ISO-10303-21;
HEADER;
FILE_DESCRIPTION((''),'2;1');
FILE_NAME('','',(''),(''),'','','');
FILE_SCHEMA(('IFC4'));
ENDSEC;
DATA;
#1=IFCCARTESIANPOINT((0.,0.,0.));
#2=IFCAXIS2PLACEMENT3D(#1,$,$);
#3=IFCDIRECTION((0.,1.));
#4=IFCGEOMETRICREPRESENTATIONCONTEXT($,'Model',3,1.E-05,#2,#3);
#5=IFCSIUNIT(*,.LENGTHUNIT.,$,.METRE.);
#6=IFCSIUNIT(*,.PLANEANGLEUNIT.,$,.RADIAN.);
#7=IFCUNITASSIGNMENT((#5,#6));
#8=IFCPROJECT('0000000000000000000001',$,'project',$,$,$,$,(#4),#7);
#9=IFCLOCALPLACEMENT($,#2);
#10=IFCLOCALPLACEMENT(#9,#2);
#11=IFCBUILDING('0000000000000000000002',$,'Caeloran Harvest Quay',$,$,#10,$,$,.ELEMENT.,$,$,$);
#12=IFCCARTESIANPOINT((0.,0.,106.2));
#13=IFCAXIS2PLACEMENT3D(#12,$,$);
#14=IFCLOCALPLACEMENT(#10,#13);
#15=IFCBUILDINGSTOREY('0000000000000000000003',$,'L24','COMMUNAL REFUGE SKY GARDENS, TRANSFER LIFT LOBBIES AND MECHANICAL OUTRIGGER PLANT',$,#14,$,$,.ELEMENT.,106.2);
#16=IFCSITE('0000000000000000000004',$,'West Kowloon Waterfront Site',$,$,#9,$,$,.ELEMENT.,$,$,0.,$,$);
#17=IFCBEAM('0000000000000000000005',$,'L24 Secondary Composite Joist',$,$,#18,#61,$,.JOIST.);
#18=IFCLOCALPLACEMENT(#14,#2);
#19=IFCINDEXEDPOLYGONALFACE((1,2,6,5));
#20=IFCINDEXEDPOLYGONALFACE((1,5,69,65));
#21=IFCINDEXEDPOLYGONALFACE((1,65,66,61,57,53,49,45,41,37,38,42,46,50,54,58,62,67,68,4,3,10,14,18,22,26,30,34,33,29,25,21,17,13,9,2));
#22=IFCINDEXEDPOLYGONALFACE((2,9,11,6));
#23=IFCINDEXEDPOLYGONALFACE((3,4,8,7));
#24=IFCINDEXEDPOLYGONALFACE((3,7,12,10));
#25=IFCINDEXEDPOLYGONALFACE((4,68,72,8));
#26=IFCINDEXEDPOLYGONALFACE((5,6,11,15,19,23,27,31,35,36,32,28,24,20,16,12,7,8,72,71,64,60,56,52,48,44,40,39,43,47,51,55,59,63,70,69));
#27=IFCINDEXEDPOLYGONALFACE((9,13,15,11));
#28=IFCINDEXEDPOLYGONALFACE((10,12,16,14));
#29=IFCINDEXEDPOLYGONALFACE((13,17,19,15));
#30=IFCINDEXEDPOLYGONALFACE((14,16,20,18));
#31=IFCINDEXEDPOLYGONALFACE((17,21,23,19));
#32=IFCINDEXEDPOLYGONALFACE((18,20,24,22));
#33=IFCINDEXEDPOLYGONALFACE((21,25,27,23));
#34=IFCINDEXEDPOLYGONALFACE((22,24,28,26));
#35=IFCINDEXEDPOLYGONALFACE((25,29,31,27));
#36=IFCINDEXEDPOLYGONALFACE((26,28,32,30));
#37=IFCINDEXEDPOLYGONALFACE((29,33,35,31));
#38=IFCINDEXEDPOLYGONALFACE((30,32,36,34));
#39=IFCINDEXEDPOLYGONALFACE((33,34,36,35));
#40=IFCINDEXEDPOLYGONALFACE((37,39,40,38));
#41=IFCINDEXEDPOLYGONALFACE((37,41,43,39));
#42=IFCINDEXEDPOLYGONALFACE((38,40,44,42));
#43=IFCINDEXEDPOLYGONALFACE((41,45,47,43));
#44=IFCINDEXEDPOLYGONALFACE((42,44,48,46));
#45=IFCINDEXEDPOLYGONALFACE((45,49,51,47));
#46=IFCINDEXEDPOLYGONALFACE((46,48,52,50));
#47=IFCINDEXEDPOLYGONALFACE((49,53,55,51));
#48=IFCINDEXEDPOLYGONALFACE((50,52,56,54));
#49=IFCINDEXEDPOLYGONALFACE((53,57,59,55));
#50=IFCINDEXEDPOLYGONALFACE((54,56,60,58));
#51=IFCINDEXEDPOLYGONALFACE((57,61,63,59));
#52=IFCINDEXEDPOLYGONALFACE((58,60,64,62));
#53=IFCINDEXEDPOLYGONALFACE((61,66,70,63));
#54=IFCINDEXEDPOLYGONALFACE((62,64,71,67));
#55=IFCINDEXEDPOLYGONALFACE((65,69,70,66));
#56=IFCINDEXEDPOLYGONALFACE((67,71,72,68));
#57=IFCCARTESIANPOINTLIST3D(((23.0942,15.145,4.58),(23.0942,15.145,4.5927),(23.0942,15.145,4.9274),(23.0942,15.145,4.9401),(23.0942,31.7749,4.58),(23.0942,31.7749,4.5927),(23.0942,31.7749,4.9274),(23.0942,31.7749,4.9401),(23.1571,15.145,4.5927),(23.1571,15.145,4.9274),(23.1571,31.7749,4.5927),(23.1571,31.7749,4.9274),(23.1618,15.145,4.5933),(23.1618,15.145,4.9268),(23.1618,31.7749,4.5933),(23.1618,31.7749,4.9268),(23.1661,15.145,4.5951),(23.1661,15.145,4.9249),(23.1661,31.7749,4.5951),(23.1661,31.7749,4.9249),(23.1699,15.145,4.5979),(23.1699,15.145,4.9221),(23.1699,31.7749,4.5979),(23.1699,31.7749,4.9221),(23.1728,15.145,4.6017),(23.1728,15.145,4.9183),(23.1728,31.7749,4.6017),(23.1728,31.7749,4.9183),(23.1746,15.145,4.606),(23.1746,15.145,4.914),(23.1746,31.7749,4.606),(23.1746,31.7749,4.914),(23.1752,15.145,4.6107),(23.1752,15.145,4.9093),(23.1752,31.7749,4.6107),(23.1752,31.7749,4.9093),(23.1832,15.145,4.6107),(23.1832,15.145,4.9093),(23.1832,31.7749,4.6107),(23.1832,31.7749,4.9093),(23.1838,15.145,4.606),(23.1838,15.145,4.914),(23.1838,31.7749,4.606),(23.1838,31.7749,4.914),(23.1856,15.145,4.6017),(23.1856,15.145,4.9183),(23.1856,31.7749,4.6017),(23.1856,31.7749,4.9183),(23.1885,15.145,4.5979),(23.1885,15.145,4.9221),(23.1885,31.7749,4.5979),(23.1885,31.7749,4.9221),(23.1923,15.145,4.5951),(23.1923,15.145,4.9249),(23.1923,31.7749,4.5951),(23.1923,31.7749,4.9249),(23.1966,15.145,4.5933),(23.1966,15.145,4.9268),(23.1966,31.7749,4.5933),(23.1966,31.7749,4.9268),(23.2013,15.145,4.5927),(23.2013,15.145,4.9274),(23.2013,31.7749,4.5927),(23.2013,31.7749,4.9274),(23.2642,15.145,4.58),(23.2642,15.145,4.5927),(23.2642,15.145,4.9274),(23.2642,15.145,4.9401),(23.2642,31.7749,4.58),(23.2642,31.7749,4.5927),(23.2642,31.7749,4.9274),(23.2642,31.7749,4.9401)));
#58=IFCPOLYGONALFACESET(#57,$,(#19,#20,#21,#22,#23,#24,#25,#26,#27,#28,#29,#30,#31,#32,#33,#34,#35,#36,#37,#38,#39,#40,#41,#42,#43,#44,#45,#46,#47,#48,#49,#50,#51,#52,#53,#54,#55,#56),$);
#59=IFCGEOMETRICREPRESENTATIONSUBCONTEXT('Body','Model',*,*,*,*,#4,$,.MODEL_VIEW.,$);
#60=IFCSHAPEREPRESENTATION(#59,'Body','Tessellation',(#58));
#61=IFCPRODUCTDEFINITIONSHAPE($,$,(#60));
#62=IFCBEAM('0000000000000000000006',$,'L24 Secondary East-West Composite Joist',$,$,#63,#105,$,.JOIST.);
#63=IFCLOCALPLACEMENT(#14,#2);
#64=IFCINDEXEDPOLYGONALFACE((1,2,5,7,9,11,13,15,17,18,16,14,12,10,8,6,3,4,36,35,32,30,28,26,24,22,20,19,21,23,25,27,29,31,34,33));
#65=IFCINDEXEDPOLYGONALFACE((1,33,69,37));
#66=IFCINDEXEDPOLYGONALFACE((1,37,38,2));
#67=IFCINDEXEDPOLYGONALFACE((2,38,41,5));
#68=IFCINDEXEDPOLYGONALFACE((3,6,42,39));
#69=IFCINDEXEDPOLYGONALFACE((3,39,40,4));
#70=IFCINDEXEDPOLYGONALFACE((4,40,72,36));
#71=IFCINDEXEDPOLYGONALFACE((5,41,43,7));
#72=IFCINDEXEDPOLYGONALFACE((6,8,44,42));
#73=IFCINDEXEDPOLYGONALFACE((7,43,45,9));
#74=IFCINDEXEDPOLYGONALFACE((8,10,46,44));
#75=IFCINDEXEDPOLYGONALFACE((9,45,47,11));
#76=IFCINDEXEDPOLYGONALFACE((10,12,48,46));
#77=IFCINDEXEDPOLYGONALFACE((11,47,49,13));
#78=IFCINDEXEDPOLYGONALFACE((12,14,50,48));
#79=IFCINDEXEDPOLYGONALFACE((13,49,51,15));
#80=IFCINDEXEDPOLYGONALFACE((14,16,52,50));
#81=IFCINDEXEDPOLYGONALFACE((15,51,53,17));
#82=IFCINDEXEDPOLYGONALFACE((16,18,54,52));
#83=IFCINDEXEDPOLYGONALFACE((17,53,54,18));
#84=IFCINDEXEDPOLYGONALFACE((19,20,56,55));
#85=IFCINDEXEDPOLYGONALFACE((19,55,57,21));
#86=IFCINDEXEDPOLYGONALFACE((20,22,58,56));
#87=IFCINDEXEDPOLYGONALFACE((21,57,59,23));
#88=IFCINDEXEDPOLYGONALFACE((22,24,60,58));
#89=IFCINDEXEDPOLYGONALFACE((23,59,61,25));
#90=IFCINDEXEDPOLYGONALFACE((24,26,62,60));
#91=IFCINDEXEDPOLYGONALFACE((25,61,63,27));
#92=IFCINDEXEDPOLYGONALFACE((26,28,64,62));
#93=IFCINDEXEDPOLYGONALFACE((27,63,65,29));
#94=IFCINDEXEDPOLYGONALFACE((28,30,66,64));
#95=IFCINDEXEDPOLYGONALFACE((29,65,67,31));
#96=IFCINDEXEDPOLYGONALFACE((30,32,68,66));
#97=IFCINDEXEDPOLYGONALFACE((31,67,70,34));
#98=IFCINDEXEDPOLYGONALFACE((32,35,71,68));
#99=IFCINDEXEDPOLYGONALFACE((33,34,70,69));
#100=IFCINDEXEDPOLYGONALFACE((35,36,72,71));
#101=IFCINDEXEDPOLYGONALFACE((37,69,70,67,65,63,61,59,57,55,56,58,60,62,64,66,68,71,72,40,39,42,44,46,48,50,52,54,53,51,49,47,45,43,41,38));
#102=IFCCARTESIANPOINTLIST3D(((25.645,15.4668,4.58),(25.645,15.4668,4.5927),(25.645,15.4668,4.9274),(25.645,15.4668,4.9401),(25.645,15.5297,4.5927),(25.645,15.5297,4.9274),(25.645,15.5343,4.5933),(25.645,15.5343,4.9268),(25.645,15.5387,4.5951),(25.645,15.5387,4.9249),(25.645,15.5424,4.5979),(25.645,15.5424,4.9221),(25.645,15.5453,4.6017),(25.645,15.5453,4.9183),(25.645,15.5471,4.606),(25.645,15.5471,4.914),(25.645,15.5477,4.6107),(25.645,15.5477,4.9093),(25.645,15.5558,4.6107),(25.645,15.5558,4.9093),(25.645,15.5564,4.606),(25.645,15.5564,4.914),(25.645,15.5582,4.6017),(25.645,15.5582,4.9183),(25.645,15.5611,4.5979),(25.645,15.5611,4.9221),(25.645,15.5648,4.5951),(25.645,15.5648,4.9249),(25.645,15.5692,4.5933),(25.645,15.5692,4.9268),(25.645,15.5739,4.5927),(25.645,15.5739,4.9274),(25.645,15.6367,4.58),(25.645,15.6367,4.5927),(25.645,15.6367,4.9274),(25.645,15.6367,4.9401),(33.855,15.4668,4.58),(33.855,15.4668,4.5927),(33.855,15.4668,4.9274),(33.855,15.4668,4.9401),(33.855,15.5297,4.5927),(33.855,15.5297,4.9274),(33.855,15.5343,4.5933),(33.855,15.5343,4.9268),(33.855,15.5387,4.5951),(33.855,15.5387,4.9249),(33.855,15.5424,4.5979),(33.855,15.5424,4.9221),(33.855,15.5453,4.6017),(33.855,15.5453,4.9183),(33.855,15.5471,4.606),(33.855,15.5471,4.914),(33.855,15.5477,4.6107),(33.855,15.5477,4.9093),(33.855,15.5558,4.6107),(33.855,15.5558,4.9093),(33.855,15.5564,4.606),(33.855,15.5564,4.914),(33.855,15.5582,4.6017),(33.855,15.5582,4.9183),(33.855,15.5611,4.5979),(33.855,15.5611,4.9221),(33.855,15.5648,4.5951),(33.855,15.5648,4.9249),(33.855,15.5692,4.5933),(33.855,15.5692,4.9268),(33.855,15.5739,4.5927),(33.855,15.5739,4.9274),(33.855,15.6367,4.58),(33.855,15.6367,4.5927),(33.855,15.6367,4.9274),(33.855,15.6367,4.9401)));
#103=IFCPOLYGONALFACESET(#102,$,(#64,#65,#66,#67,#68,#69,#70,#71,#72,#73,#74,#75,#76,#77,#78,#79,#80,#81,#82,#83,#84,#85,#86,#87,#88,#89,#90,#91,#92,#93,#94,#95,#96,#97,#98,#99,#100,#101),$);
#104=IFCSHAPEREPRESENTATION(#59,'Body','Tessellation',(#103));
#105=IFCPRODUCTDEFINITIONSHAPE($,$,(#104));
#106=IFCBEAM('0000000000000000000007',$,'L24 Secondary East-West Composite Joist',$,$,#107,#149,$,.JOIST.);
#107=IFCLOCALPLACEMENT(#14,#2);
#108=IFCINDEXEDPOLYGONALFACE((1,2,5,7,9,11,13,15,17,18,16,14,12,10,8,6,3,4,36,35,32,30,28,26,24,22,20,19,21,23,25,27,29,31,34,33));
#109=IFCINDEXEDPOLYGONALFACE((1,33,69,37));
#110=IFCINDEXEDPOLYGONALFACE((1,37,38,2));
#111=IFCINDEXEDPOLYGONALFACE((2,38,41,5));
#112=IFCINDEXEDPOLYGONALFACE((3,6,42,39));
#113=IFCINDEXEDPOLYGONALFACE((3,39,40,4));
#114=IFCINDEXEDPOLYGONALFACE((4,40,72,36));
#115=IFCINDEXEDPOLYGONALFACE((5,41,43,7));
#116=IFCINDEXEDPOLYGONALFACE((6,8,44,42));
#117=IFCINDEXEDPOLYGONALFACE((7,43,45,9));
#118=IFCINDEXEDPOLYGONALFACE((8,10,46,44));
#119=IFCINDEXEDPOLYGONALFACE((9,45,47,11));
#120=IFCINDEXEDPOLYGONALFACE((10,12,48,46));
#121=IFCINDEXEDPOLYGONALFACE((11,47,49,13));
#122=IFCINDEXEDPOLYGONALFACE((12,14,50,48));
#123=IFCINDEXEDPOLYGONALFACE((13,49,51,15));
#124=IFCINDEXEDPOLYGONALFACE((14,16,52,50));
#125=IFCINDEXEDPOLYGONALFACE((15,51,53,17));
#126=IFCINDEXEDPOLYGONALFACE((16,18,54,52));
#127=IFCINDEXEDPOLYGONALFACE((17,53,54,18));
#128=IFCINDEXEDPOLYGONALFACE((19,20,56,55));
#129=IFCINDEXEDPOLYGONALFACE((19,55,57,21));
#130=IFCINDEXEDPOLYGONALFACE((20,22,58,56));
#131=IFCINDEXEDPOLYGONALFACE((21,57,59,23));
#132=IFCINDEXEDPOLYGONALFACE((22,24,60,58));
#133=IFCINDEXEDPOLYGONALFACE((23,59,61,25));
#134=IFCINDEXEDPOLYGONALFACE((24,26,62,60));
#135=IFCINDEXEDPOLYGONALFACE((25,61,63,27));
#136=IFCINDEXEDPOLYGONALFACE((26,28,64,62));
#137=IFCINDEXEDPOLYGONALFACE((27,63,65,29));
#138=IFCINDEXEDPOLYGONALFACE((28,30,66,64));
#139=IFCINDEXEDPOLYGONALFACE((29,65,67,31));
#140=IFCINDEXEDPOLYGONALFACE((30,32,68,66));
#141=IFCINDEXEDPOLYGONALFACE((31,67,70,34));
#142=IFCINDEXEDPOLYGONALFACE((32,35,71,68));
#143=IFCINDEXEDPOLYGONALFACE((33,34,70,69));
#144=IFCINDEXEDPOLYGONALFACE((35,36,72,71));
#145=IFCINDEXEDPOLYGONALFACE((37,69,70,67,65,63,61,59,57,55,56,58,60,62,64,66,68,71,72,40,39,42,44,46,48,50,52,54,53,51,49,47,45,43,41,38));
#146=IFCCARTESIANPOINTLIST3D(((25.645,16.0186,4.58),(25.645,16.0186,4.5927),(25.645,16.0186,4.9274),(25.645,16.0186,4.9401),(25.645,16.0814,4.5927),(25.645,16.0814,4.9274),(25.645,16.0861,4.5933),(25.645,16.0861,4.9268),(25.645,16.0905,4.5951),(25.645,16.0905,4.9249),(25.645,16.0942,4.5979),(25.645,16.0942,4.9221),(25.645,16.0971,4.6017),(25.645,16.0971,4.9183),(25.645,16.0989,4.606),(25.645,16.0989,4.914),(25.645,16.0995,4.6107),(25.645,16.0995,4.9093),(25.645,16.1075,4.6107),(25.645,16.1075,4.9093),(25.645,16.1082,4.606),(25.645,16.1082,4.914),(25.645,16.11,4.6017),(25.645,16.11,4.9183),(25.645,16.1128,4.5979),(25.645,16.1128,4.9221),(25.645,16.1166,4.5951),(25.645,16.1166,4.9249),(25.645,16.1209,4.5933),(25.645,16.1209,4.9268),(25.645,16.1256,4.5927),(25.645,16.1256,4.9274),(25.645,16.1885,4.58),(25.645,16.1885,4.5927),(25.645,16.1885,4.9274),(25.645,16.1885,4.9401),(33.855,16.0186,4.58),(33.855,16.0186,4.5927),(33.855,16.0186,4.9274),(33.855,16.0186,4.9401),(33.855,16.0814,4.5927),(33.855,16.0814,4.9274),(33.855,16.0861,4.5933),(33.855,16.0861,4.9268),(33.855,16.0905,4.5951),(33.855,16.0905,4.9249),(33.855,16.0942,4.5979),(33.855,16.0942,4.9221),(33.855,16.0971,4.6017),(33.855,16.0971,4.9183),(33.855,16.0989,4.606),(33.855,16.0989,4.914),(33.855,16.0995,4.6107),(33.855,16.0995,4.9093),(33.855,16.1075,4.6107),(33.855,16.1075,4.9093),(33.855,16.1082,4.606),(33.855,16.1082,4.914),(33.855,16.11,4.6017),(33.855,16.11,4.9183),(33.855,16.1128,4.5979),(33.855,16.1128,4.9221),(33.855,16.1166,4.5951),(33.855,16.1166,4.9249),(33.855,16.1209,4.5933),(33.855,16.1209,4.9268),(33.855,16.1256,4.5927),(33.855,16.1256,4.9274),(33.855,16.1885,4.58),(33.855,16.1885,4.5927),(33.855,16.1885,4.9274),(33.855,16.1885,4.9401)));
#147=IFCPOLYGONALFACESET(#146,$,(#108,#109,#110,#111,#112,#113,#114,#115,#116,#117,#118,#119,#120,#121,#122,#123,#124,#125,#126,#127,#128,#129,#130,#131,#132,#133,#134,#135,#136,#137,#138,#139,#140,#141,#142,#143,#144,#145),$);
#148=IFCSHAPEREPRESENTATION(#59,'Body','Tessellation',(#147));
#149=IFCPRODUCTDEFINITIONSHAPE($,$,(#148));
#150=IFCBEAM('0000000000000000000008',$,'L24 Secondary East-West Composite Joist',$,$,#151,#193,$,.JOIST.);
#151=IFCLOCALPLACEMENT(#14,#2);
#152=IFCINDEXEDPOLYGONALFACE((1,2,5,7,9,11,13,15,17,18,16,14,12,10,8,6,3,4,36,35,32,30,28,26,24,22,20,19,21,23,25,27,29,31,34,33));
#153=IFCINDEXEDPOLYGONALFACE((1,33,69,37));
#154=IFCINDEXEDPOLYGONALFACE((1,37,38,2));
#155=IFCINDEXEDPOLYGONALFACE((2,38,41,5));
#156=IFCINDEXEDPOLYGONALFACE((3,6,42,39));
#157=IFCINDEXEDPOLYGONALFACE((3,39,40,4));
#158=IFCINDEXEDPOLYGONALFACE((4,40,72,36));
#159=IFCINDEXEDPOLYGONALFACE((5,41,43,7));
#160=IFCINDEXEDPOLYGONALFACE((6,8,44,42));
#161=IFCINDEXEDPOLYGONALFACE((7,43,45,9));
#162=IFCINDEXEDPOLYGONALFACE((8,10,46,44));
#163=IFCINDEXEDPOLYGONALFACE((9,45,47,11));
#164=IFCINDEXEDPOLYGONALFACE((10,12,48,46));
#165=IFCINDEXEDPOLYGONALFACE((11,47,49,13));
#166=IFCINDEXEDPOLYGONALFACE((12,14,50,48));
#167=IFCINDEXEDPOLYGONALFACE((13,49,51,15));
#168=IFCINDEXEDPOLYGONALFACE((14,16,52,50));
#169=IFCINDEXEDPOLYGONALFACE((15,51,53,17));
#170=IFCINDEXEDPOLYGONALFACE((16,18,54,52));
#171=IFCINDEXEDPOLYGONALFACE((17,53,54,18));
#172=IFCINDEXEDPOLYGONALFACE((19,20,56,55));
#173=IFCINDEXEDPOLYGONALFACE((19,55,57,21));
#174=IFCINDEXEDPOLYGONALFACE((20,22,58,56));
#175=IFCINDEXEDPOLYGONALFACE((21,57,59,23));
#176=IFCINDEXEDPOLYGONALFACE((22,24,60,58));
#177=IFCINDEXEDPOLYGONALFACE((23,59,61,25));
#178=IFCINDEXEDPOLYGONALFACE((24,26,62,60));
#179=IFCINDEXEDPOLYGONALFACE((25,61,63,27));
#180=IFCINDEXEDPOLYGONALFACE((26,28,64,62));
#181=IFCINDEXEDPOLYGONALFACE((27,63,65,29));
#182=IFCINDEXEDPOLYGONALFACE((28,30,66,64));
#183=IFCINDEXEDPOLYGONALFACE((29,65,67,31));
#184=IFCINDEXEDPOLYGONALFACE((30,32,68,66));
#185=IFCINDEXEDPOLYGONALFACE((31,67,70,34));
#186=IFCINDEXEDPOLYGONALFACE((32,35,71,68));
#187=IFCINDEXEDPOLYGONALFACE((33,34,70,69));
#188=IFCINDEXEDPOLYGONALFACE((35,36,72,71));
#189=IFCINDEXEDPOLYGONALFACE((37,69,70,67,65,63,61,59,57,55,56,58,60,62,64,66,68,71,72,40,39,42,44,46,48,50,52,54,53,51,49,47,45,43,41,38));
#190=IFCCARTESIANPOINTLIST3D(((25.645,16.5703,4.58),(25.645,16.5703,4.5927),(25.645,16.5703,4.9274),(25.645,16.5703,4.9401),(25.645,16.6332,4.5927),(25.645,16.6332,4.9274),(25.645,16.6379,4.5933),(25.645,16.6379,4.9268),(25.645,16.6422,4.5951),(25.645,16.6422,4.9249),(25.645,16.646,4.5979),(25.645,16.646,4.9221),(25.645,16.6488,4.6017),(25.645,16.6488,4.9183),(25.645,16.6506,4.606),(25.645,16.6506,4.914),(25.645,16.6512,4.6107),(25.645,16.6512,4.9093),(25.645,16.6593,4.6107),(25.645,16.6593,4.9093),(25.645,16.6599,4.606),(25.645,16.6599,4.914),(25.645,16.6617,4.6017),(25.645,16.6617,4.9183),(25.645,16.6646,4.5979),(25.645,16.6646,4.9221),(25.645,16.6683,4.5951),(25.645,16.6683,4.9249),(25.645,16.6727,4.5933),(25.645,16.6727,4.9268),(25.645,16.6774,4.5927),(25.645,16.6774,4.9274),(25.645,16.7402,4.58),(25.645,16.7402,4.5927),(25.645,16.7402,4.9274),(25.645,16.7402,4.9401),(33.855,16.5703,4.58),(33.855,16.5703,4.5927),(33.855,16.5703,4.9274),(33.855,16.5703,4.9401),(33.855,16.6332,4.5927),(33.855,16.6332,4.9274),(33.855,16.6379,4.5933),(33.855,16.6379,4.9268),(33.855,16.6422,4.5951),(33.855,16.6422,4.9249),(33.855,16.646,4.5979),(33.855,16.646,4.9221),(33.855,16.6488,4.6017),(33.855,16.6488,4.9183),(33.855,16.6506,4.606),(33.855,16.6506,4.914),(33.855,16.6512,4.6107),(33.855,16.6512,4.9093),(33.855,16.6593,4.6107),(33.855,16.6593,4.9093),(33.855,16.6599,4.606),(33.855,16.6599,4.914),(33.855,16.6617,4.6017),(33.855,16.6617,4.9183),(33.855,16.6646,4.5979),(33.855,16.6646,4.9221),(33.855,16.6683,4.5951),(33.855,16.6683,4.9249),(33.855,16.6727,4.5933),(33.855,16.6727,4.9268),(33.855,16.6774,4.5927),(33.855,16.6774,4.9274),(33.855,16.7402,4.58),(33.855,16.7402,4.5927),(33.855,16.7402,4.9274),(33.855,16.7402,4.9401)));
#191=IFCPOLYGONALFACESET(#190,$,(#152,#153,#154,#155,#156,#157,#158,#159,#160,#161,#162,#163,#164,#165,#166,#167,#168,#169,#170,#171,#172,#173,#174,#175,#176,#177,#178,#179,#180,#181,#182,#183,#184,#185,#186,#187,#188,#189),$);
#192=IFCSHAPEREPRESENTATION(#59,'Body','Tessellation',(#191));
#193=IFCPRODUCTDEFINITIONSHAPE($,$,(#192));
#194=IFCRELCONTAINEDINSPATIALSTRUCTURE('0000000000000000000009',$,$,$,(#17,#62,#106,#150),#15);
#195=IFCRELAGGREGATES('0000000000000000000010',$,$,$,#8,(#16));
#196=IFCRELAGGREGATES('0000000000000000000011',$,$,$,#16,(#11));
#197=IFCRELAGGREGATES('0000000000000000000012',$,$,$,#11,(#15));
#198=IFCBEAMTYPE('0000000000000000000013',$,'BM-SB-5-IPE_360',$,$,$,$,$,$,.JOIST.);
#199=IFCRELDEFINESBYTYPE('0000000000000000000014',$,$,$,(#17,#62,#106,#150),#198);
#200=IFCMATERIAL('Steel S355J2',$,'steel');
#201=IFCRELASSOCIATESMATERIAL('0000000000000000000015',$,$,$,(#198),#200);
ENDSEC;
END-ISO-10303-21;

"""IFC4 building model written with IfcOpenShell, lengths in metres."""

from ifc_helpers import new_model, si_unit, direction, frame, origin, origin_2d, place, context, subcontext, project, spatial, i_section, extrude, material, material_profile, profile_set, type_object, element, save


model = new_model("IFC4")

# Units and contexts
model_context = context("Model", 3, precision=1e-05, world=origin(), true_north=direction((0.0, 1.0)))
body_context = subcontext(model_context, "Body", "Model", "MODEL_VIEW")
ifc_project = project(units=[si_unit("LENGTHUNIT", "METRE"), si_unit("PLANEANGLEUNIT", "RADIAN")], contexts=[model_context])

# Site, building, storey
site_placement = place(None, origin())
site = spatial("IfcSite", under=ifc_project, at=site_placement, Name="West Kowloon Waterfront Site", CompositionType="ELEMENT", RefElevation=0.0)
building_placement = place(site_placement, origin())
building = spatial("IfcBuilding", under=site, at=building_placement, Name="Caeloran Harvest Quay", CompositionType="ELEMENT")
storey_placement = place(building_placement, frame((0.0, 0.0, 106.2)))
storey = spatial("IfcBuildingStorey", under=building, at=storey_placement, Name="L24", Description="COMMUNAL REFUGE SKY GARDENS, TRANSFER LIFT LOBBIES AND MECHANICAL OUTRIGGER PLANT", CompositionType="ELEMENT", Elevation=106.2)

# Beams
ifc_material_1 = material(Name="Steel S355J2", Category="steel")
ifc_material_profile_1 = material_profile(ifc_material_1, i_section(OverallWidth=0.1699, OverallDepth=0.3601, WebThickness=0.0081, FlangeThickness=0.0127, FilletRadius=0.0181, at=origin_2d()), Name="IPE 360")
ifc_profile_set_1 = profile_set([ifc_material_profile_1], Name="Steel S355J2")
beam_type_1 = type_object("IfcBeamType", Name="BM-SB-5-IPE_360", PredefinedType="JOIST", material=ifc_profile_set_1)
for number, where, z_axis, x_axis, name in (
    (1, (23.1792, 15.145, 4.76), (0.0, 1.0, 0.0), (-1.0, 0.0, 0.0), "L24 Secondary Composite Joist"),
):
    element("IfcBeam", number, at=place(storey_placement, frame(where, z_axis=z_axis, x_axis=x_axis)), inside=storey, type_object=beam_type_1, Name=name, PredefinedType="JOIST", context=body_context, shape_type="SweptSolid", body=[
        extrude(i_section(OverallWidth=0.1699, OverallDepth=0.3601, WebThickness=0.0081, FlangeThickness=0.0127, FilletRadius=0.0181, at=origin_2d()), origin(), (0.0, 0.0, 1.0), 16.6299),
    ])
for number, where, z_axis, x_axis, name in (
    (2, (25.645, 15.5518, 4.76), (1.0, 0.0, 0.0), (0.0, 1.0, 0.0), "L24 Secondary East-West Composite Joist"),
    (3, (25.645, 16.1035, 4.76), (1.0, 0.0, 0.0), (0.0, 1.0, 0.0), "L24 Secondary East-West Composite Joist"),
    (4, (25.645, 16.6553, 4.76), (1.0, 0.0, 0.0), (0.0, 1.0, 0.0), "L24 Secondary East-West Composite Joist"),
):
    element("IfcBeam", number, at=place(storey_placement, frame(where, z_axis=z_axis, x_axis=x_axis)), inside=storey, type_object=beam_type_1, Name=name, PredefinedType="JOIST", context=body_context, shape_type="SweptSolid", body=[
        extrude(i_section(OverallWidth=0.1699, OverallDepth=0.3601, WebThickness=0.0081, FlangeThickness=0.0127, FilletRadius=0.0181, at=origin_2d()), origin(), (0.0, 0.0, 1.0), 8.21),
    ])

save(model, "model.ifc")
